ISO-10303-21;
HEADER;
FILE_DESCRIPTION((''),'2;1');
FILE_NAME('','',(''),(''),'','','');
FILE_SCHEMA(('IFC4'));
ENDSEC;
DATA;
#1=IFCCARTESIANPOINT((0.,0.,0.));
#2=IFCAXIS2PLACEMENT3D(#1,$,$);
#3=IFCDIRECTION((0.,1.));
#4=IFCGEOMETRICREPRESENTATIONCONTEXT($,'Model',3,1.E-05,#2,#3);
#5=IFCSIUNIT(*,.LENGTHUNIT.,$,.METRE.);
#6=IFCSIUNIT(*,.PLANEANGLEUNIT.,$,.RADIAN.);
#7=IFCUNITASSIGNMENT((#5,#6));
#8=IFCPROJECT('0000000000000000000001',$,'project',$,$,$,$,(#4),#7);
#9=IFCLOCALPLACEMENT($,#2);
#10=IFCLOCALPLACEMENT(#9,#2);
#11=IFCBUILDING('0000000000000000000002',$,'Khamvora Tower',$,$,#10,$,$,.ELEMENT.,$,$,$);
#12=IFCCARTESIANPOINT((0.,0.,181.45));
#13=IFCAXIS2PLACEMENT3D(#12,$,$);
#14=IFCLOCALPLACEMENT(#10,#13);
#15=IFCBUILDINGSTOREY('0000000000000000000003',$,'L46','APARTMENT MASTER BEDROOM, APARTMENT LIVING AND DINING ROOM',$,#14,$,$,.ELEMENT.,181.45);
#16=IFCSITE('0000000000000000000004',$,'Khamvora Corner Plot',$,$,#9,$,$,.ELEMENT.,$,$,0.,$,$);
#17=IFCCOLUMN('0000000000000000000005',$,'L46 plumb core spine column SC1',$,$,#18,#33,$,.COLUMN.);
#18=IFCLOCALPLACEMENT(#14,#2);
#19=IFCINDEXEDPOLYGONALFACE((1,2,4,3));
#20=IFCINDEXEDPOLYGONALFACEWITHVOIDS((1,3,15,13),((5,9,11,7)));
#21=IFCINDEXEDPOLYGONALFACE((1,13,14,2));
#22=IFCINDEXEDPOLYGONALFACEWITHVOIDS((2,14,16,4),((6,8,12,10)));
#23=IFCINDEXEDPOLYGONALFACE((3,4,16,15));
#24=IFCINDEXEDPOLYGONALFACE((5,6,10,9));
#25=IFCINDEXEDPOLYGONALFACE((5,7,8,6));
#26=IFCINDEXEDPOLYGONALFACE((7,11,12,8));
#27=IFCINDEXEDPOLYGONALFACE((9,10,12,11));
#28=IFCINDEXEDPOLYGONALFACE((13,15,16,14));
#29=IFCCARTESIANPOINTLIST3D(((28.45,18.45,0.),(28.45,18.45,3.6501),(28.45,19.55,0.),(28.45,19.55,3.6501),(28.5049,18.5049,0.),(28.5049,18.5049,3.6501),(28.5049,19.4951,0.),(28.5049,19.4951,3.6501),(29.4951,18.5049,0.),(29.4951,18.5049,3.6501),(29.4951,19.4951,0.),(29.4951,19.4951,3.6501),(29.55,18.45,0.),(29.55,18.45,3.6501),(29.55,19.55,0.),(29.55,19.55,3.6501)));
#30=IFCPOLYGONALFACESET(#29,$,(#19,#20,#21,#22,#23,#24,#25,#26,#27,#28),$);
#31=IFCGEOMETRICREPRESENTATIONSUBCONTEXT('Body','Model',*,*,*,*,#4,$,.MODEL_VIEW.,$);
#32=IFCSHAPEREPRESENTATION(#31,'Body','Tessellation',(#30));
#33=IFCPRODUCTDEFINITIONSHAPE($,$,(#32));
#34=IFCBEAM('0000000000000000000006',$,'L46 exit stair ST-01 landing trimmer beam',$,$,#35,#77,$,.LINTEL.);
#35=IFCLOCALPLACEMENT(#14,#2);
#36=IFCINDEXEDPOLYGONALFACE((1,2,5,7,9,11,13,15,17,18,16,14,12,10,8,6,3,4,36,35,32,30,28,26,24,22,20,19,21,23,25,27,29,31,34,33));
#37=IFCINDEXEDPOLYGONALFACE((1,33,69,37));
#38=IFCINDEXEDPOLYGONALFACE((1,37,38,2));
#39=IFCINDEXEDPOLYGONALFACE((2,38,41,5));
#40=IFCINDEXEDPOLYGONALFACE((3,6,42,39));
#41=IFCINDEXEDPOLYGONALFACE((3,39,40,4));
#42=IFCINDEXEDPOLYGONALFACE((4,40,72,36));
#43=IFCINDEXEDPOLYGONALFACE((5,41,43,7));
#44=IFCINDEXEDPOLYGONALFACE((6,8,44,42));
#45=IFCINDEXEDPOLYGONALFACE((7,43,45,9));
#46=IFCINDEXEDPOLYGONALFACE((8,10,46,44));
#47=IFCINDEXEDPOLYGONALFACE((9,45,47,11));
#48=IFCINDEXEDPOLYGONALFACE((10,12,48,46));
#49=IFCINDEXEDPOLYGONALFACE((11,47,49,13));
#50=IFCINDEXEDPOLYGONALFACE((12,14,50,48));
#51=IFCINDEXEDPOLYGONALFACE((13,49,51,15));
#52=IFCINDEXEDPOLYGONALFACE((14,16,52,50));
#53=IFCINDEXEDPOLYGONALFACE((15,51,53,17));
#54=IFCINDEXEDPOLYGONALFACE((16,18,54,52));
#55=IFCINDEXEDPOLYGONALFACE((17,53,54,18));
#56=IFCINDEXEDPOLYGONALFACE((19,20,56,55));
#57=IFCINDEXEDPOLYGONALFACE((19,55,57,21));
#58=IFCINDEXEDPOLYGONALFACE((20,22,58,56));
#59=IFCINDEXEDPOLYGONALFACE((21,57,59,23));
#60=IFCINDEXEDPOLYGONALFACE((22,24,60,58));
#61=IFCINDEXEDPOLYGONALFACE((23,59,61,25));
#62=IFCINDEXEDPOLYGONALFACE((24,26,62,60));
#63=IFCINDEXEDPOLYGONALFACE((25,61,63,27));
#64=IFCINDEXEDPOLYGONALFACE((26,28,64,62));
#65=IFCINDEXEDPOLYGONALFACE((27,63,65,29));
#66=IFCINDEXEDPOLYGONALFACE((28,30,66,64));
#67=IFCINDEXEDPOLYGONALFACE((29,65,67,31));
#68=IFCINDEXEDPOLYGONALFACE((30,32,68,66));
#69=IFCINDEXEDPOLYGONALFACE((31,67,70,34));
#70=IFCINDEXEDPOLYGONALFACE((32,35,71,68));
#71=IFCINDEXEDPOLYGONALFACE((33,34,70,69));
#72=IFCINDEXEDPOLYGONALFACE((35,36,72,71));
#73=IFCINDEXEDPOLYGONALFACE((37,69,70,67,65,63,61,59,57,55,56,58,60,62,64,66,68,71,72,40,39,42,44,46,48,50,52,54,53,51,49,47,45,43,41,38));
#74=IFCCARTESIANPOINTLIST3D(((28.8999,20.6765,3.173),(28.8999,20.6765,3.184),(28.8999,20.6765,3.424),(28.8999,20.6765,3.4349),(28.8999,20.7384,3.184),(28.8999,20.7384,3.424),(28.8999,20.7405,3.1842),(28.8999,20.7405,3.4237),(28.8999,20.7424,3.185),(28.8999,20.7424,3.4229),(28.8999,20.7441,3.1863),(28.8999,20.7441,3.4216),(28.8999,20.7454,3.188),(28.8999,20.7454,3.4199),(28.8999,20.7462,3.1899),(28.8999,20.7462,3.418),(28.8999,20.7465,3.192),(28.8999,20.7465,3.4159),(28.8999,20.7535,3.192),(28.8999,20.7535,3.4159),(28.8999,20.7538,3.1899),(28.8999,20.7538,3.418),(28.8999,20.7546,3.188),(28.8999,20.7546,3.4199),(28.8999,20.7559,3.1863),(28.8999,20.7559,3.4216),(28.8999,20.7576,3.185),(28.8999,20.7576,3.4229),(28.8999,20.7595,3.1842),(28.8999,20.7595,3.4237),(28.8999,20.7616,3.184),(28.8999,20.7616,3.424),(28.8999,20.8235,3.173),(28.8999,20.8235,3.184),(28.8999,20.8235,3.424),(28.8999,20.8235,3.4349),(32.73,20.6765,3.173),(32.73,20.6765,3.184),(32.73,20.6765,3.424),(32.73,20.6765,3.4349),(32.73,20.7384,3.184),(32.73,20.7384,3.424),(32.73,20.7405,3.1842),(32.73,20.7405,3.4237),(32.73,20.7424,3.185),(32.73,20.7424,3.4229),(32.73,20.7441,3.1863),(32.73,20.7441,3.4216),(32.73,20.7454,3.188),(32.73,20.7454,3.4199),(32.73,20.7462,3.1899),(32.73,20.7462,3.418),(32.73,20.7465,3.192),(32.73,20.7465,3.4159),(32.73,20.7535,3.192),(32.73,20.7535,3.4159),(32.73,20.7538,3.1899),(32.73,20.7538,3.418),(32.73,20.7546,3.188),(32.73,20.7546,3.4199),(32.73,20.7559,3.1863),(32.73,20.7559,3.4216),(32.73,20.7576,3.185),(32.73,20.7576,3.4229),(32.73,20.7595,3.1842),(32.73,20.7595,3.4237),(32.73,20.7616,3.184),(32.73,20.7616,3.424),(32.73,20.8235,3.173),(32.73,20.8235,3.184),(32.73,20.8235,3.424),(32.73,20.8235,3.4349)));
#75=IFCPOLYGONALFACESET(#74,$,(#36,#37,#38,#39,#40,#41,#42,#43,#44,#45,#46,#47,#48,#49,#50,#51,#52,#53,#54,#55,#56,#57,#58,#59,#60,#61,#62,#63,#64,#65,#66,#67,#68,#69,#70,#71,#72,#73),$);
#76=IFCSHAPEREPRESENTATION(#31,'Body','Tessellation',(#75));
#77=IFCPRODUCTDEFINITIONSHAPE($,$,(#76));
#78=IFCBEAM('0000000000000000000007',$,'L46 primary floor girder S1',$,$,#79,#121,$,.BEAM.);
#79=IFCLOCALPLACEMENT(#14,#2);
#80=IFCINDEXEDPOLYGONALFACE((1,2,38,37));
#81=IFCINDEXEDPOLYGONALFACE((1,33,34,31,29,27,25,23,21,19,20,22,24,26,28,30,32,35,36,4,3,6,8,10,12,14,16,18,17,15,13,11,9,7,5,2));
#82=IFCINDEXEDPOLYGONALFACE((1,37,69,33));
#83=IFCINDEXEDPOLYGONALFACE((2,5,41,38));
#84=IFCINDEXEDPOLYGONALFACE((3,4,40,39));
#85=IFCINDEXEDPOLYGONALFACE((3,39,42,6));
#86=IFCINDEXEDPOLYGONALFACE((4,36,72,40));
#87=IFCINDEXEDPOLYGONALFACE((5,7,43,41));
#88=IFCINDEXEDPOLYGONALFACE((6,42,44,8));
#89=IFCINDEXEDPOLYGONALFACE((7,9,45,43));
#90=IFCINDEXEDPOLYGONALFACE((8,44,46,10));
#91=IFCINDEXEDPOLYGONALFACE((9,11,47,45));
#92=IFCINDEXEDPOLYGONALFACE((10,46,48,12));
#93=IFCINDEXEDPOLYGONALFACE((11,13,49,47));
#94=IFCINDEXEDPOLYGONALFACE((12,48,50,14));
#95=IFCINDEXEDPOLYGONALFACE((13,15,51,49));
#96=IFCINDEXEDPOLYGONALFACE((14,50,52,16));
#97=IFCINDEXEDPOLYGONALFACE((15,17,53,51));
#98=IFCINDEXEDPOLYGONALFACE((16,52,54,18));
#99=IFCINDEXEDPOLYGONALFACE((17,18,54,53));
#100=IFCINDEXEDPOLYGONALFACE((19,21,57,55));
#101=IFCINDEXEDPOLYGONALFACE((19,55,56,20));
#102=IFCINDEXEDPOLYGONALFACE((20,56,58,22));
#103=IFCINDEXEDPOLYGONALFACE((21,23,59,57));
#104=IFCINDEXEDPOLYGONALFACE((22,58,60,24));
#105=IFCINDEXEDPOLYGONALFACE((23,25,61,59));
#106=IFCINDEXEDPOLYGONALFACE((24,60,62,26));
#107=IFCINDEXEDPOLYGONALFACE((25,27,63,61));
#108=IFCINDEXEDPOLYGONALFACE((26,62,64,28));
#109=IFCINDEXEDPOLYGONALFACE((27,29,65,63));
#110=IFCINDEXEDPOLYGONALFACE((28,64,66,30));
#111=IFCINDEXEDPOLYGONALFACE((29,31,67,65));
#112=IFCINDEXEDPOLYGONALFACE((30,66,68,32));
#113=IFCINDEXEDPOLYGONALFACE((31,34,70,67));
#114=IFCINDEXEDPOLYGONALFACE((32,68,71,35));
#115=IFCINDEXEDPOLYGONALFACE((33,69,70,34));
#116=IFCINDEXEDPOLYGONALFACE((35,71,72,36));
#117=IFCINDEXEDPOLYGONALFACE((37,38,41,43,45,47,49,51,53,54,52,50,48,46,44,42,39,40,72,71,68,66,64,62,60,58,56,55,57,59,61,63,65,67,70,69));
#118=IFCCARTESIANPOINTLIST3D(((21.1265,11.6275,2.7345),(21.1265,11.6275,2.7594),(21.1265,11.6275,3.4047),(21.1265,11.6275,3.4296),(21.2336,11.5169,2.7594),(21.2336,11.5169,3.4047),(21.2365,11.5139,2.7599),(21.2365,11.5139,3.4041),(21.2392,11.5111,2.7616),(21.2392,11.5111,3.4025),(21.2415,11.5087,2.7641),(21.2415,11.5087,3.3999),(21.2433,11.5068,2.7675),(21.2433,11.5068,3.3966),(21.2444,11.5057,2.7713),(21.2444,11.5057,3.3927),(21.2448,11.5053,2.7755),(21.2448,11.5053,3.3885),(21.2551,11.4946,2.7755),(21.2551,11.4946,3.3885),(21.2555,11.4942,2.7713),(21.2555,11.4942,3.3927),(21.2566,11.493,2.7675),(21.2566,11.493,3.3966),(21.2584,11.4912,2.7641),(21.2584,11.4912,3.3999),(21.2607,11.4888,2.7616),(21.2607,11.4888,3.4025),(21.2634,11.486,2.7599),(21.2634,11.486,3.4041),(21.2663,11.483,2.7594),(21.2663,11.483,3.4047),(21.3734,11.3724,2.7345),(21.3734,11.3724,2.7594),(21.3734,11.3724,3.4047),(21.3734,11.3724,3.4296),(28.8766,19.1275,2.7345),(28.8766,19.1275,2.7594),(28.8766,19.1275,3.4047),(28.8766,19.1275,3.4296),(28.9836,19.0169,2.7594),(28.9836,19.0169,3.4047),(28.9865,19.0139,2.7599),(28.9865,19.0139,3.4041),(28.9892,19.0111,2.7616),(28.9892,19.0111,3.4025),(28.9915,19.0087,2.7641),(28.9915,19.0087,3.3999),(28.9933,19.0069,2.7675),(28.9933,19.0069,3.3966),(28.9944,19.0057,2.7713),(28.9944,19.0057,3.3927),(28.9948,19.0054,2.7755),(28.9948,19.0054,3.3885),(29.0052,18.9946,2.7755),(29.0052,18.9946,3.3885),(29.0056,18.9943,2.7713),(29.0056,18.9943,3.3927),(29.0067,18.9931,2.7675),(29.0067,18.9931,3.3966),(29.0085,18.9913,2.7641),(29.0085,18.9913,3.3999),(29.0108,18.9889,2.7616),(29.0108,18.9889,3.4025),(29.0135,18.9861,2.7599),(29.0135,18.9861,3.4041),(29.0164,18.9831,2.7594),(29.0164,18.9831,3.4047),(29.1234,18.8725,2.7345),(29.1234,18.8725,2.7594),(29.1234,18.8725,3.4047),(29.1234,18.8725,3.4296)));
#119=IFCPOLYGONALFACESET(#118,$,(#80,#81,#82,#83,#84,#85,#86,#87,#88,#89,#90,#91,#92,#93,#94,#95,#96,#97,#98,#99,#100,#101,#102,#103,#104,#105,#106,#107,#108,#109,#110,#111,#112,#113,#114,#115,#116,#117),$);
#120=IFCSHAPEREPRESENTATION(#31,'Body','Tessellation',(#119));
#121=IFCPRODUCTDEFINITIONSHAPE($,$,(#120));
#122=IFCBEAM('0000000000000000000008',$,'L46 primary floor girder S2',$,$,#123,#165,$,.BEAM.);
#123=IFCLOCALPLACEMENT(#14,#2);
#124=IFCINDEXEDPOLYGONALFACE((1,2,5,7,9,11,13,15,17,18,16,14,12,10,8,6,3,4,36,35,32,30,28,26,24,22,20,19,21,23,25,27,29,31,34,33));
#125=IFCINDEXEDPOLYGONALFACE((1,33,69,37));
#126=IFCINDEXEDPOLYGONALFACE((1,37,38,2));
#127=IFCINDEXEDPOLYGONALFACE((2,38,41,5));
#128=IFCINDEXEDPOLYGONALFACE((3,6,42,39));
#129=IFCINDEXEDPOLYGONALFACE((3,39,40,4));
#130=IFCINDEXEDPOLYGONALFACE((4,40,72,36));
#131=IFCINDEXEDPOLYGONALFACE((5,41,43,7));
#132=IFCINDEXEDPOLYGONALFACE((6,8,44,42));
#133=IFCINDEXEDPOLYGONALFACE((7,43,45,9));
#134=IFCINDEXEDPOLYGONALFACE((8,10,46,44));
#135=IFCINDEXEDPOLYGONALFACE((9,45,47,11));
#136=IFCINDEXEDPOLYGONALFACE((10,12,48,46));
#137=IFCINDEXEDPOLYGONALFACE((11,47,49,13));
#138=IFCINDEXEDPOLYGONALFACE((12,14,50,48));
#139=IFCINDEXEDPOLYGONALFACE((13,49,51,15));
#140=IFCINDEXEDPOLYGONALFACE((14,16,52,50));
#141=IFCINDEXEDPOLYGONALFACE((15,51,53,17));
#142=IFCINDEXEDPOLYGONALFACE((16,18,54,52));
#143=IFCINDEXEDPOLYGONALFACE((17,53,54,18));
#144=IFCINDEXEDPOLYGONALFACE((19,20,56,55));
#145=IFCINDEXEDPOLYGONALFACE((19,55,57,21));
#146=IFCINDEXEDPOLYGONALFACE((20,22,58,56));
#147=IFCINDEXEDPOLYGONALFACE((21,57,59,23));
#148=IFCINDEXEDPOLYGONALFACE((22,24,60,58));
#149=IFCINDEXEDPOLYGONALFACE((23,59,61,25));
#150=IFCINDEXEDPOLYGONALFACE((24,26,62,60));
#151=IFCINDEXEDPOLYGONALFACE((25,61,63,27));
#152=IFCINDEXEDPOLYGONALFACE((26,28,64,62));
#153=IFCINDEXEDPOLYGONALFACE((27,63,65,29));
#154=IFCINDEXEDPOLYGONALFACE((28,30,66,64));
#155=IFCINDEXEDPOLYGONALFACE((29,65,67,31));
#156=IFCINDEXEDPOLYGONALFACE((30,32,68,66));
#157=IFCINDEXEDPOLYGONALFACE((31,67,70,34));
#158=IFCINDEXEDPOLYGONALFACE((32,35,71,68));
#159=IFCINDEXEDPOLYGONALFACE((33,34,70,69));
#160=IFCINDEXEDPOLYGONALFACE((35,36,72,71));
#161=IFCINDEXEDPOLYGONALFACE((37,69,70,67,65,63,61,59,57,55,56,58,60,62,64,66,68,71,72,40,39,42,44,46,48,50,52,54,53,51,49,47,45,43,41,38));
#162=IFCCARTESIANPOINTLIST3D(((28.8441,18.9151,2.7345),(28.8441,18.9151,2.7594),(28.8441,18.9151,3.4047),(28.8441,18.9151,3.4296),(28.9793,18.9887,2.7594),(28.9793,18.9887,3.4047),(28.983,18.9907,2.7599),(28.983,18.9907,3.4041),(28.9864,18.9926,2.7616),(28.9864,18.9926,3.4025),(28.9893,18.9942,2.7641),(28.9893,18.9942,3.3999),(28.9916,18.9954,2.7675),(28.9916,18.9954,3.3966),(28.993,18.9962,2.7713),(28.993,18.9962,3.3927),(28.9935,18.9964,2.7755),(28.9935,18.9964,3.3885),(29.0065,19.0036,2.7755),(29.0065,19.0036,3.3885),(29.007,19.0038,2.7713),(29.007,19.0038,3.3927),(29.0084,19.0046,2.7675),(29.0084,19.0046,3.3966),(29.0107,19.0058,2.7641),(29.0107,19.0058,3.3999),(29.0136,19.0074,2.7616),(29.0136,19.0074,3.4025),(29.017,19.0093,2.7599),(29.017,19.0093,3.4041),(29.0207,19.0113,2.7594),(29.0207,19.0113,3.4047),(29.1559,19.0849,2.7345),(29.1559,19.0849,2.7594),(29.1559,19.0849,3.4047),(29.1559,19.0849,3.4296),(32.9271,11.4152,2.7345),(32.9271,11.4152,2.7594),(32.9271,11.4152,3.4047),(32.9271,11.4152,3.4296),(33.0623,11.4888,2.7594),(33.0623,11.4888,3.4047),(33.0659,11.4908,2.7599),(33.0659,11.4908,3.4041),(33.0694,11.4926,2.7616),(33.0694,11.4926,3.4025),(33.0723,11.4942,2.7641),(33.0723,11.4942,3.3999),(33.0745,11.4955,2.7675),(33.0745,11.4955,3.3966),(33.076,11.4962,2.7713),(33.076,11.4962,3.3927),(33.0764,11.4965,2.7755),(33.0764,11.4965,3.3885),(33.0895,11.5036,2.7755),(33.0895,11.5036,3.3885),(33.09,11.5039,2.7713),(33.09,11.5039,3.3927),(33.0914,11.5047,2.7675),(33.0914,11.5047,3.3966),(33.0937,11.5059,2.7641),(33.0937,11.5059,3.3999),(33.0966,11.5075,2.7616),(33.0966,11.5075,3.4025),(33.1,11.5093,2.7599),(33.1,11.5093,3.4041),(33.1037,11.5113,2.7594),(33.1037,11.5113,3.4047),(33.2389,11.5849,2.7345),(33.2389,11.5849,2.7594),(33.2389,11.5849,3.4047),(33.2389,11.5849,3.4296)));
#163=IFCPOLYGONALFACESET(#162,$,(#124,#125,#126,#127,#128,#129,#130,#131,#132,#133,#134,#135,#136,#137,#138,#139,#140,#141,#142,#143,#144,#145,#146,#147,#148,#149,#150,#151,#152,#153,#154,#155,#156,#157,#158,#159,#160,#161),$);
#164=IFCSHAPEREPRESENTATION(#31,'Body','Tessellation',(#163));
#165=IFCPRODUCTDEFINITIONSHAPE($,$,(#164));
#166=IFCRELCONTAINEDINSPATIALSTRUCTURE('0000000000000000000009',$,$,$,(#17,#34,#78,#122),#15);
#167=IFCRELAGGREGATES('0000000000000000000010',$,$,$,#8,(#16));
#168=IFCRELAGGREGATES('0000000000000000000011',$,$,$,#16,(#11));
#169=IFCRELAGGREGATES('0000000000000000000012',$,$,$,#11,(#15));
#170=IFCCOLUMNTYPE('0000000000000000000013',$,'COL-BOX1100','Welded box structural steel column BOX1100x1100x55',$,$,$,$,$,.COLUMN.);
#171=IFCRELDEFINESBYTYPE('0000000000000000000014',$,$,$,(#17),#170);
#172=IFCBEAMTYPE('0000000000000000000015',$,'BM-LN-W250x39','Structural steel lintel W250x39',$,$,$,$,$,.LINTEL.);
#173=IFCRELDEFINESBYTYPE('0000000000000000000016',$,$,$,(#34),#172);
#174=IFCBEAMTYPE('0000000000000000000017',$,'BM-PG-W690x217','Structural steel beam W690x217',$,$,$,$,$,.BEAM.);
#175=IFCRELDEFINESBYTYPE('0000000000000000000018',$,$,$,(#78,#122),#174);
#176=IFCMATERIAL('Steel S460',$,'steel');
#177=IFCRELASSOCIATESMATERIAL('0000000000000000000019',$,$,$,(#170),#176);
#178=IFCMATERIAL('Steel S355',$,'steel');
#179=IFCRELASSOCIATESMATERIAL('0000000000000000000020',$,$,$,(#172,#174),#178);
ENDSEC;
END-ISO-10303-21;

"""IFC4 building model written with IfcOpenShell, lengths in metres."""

from ifc_helpers import new_model, si_unit, direction, frame, origin, origin_2d, place, context, subcontext, project, spatial, hollow_rectangle, i_section, extrude, material, material_profile, profile_set, type_object, element, save


model = new_model("IFC4")

# Units and contexts
model_context = context("Model", 3, precision=1e-05, world=origin(), true_north=direction((0.0, 1.0)))
body_context = subcontext(model_context, "Body", "Model", "MODEL_VIEW")
ifc_project = project(units=[si_unit("LENGTHUNIT", "METRE"), si_unit("PLANEANGLEUNIT", "RADIAN")], contexts=[model_context])

# Site, building, storey
site_placement = place(None, origin())
site = spatial("IfcSite", under=ifc_project, at=site_placement, Name="Khamvora Corner Plot", CompositionType="ELEMENT", RefElevation=0.0)
building_placement = place(site_placement, origin())
building = spatial("IfcBuilding", under=site, at=building_placement, Name="Khamvora Tower", CompositionType="ELEMENT")
storey_placement = place(building_placement, frame((0.0, 0.0, 181.45)))
storey = spatial("IfcBuildingStorey", under=building, at=storey_placement, Name="L46", Description="APARTMENT MASTER BEDROOM, APARTMENT LIVING AND DINING ROOM", CompositionType="ELEMENT", Elevation=181.45)

# Column
ifc_material_1 = material(Name="Steel S460", Category="steel")
ifc_material_profile_1 = material_profile(ifc_material_1, hollow_rectangle(XDim=1.1001, YDim=1.1001, WallThickness=0.0549, at=origin_2d()), Name="BOX1100x1100x55")
ifc_profile_set_1 = profile_set([ifc_material_profile_1], Name="Steel S460")
column_type = type_object("IfcColumnType", Name="COL-BOX1100", Description="Welded box structural steel column BOX1100x1100x55", PredefinedType="COLUMN", material=ifc_profile_set_1)
column_placement = place(storey_placement, frame((29.0, 19.0, 0.0), z_axis=(0.0, 0.0, 1.0), x_axis=(1.0, 0.0, 0.0)))
element("IfcColumn", 1, at=column_placement, inside=storey, type_object=column_type, Name="L46 plumb core spine column SC1", PredefinedType="COLUMN", context=body_context, shape_type="SweptSolid", body=[
    extrude(hollow_rectangle(XDim=1.1001, YDim=1.1001, WallThickness=0.0549, at=origin_2d()), origin(), (0.0, 0.0, 1.0), 3.6501),
])

# Beams
ifc_material_2 = material(Name="Steel S355", Category="steel")
ifc_material_profile_2 = material_profile(ifc_material_2, i_section(OverallWidth=0.147, OverallDepth=0.262, WebThickness=0.0071, FlangeThickness=0.011, FilletRadius=0.0081, at=origin_2d()), Name="W250x39")
ifc_profile_set_2 = profile_set([ifc_material_profile_2], Name="Steel S355")
beam_type_1 = type_object("IfcBeamType", Name="BM-LN-W250x39", Description="Structural steel lintel W250x39", PredefinedType="LINTEL", material=ifc_profile_set_2)
beam_1_placement = place(storey_placement, frame((28.8999, 20.75, 3.304), z_axis=(1.0, 0.0, 0.0), x_axis=(0.0, 1.0, 0.0)))
element("IfcBeam", 2, at=beam_1_placement, inside=storey, type_object=beam_type_1, Name="L46 exit stair ST-01 landing trimmer beam", PredefinedType="LINTEL", context=body_context, shape_type="SweptSolid", body=[
    extrude(i_section(OverallWidth=0.147, OverallDepth=0.262, WebThickness=0.0071, FlangeThickness=0.011, FilletRadius=0.0081, at=origin_2d()), origin(), (0.0, 0.0, 1.0), 3.8301),
])
ifc_material_profile_3 = material_profile(ifc_material_2, i_section(OverallWidth=0.355, OverallDepth=0.6951, WebThickness=0.0149, FlangeThickness=0.0249, FilletRadius=0.0161, at=origin_2d()), Name="W690x217")
ifc_profile_set_3 = profile_set([ifc_material_profile_3], Name="Steel S355")
beam_type_2 = type_object("IfcBeamType", Name="BM-PG-W690x217", Description="Structural steel beam W690x217", PredefinedType="BEAM", material=ifc_profile_set_3)
beam_2_placement = place(storey_placement, frame((29.0, 19.0, 3.082), z_axis=(-0.718602, -0.695421, 0.0), x_axis=(0.695421, -0.718602, 0.0)))
element("IfcBeam", 3, at=beam_2_placement, inside=storey, type_object=beam_type_2, Name="L46 primary floor girder S1", PredefinedType="BEAM", context=body_context, shape_type="SweptSolid", body=[
    extrude(i_section(OverallWidth=0.355, OverallDepth=0.6951, WebThickness=0.0149, FlangeThickness=0.0249, FilletRadius=0.0161, at=origin_2d()), origin(), (0.0, 0.0, 1.0), 10.7849),
])
beam_3_placement = place(storey_placement, frame((29.0, 19.0, 3.082), z_axis=(0.478139, -0.878284, 0.0), x_axis=(0.878284, 0.478139, 0.0)))
element("IfcBeam", 4, at=beam_3_placement, inside=storey, type_object=beam_type_2, Name="L46 primary floor girder S2", PredefinedType="BEAM", context=body_context, shape_type="SweptSolid", body=[
    extrude(i_section(OverallWidth=0.355, OverallDepth=0.6951, WebThickness=0.0149, FlangeThickness=0.0249, FilletRadius=0.0161, at=origin_2d()), origin(), (0.0, 0.0, 1.0), 8.5393),
])

save(model, "model.ifc")
